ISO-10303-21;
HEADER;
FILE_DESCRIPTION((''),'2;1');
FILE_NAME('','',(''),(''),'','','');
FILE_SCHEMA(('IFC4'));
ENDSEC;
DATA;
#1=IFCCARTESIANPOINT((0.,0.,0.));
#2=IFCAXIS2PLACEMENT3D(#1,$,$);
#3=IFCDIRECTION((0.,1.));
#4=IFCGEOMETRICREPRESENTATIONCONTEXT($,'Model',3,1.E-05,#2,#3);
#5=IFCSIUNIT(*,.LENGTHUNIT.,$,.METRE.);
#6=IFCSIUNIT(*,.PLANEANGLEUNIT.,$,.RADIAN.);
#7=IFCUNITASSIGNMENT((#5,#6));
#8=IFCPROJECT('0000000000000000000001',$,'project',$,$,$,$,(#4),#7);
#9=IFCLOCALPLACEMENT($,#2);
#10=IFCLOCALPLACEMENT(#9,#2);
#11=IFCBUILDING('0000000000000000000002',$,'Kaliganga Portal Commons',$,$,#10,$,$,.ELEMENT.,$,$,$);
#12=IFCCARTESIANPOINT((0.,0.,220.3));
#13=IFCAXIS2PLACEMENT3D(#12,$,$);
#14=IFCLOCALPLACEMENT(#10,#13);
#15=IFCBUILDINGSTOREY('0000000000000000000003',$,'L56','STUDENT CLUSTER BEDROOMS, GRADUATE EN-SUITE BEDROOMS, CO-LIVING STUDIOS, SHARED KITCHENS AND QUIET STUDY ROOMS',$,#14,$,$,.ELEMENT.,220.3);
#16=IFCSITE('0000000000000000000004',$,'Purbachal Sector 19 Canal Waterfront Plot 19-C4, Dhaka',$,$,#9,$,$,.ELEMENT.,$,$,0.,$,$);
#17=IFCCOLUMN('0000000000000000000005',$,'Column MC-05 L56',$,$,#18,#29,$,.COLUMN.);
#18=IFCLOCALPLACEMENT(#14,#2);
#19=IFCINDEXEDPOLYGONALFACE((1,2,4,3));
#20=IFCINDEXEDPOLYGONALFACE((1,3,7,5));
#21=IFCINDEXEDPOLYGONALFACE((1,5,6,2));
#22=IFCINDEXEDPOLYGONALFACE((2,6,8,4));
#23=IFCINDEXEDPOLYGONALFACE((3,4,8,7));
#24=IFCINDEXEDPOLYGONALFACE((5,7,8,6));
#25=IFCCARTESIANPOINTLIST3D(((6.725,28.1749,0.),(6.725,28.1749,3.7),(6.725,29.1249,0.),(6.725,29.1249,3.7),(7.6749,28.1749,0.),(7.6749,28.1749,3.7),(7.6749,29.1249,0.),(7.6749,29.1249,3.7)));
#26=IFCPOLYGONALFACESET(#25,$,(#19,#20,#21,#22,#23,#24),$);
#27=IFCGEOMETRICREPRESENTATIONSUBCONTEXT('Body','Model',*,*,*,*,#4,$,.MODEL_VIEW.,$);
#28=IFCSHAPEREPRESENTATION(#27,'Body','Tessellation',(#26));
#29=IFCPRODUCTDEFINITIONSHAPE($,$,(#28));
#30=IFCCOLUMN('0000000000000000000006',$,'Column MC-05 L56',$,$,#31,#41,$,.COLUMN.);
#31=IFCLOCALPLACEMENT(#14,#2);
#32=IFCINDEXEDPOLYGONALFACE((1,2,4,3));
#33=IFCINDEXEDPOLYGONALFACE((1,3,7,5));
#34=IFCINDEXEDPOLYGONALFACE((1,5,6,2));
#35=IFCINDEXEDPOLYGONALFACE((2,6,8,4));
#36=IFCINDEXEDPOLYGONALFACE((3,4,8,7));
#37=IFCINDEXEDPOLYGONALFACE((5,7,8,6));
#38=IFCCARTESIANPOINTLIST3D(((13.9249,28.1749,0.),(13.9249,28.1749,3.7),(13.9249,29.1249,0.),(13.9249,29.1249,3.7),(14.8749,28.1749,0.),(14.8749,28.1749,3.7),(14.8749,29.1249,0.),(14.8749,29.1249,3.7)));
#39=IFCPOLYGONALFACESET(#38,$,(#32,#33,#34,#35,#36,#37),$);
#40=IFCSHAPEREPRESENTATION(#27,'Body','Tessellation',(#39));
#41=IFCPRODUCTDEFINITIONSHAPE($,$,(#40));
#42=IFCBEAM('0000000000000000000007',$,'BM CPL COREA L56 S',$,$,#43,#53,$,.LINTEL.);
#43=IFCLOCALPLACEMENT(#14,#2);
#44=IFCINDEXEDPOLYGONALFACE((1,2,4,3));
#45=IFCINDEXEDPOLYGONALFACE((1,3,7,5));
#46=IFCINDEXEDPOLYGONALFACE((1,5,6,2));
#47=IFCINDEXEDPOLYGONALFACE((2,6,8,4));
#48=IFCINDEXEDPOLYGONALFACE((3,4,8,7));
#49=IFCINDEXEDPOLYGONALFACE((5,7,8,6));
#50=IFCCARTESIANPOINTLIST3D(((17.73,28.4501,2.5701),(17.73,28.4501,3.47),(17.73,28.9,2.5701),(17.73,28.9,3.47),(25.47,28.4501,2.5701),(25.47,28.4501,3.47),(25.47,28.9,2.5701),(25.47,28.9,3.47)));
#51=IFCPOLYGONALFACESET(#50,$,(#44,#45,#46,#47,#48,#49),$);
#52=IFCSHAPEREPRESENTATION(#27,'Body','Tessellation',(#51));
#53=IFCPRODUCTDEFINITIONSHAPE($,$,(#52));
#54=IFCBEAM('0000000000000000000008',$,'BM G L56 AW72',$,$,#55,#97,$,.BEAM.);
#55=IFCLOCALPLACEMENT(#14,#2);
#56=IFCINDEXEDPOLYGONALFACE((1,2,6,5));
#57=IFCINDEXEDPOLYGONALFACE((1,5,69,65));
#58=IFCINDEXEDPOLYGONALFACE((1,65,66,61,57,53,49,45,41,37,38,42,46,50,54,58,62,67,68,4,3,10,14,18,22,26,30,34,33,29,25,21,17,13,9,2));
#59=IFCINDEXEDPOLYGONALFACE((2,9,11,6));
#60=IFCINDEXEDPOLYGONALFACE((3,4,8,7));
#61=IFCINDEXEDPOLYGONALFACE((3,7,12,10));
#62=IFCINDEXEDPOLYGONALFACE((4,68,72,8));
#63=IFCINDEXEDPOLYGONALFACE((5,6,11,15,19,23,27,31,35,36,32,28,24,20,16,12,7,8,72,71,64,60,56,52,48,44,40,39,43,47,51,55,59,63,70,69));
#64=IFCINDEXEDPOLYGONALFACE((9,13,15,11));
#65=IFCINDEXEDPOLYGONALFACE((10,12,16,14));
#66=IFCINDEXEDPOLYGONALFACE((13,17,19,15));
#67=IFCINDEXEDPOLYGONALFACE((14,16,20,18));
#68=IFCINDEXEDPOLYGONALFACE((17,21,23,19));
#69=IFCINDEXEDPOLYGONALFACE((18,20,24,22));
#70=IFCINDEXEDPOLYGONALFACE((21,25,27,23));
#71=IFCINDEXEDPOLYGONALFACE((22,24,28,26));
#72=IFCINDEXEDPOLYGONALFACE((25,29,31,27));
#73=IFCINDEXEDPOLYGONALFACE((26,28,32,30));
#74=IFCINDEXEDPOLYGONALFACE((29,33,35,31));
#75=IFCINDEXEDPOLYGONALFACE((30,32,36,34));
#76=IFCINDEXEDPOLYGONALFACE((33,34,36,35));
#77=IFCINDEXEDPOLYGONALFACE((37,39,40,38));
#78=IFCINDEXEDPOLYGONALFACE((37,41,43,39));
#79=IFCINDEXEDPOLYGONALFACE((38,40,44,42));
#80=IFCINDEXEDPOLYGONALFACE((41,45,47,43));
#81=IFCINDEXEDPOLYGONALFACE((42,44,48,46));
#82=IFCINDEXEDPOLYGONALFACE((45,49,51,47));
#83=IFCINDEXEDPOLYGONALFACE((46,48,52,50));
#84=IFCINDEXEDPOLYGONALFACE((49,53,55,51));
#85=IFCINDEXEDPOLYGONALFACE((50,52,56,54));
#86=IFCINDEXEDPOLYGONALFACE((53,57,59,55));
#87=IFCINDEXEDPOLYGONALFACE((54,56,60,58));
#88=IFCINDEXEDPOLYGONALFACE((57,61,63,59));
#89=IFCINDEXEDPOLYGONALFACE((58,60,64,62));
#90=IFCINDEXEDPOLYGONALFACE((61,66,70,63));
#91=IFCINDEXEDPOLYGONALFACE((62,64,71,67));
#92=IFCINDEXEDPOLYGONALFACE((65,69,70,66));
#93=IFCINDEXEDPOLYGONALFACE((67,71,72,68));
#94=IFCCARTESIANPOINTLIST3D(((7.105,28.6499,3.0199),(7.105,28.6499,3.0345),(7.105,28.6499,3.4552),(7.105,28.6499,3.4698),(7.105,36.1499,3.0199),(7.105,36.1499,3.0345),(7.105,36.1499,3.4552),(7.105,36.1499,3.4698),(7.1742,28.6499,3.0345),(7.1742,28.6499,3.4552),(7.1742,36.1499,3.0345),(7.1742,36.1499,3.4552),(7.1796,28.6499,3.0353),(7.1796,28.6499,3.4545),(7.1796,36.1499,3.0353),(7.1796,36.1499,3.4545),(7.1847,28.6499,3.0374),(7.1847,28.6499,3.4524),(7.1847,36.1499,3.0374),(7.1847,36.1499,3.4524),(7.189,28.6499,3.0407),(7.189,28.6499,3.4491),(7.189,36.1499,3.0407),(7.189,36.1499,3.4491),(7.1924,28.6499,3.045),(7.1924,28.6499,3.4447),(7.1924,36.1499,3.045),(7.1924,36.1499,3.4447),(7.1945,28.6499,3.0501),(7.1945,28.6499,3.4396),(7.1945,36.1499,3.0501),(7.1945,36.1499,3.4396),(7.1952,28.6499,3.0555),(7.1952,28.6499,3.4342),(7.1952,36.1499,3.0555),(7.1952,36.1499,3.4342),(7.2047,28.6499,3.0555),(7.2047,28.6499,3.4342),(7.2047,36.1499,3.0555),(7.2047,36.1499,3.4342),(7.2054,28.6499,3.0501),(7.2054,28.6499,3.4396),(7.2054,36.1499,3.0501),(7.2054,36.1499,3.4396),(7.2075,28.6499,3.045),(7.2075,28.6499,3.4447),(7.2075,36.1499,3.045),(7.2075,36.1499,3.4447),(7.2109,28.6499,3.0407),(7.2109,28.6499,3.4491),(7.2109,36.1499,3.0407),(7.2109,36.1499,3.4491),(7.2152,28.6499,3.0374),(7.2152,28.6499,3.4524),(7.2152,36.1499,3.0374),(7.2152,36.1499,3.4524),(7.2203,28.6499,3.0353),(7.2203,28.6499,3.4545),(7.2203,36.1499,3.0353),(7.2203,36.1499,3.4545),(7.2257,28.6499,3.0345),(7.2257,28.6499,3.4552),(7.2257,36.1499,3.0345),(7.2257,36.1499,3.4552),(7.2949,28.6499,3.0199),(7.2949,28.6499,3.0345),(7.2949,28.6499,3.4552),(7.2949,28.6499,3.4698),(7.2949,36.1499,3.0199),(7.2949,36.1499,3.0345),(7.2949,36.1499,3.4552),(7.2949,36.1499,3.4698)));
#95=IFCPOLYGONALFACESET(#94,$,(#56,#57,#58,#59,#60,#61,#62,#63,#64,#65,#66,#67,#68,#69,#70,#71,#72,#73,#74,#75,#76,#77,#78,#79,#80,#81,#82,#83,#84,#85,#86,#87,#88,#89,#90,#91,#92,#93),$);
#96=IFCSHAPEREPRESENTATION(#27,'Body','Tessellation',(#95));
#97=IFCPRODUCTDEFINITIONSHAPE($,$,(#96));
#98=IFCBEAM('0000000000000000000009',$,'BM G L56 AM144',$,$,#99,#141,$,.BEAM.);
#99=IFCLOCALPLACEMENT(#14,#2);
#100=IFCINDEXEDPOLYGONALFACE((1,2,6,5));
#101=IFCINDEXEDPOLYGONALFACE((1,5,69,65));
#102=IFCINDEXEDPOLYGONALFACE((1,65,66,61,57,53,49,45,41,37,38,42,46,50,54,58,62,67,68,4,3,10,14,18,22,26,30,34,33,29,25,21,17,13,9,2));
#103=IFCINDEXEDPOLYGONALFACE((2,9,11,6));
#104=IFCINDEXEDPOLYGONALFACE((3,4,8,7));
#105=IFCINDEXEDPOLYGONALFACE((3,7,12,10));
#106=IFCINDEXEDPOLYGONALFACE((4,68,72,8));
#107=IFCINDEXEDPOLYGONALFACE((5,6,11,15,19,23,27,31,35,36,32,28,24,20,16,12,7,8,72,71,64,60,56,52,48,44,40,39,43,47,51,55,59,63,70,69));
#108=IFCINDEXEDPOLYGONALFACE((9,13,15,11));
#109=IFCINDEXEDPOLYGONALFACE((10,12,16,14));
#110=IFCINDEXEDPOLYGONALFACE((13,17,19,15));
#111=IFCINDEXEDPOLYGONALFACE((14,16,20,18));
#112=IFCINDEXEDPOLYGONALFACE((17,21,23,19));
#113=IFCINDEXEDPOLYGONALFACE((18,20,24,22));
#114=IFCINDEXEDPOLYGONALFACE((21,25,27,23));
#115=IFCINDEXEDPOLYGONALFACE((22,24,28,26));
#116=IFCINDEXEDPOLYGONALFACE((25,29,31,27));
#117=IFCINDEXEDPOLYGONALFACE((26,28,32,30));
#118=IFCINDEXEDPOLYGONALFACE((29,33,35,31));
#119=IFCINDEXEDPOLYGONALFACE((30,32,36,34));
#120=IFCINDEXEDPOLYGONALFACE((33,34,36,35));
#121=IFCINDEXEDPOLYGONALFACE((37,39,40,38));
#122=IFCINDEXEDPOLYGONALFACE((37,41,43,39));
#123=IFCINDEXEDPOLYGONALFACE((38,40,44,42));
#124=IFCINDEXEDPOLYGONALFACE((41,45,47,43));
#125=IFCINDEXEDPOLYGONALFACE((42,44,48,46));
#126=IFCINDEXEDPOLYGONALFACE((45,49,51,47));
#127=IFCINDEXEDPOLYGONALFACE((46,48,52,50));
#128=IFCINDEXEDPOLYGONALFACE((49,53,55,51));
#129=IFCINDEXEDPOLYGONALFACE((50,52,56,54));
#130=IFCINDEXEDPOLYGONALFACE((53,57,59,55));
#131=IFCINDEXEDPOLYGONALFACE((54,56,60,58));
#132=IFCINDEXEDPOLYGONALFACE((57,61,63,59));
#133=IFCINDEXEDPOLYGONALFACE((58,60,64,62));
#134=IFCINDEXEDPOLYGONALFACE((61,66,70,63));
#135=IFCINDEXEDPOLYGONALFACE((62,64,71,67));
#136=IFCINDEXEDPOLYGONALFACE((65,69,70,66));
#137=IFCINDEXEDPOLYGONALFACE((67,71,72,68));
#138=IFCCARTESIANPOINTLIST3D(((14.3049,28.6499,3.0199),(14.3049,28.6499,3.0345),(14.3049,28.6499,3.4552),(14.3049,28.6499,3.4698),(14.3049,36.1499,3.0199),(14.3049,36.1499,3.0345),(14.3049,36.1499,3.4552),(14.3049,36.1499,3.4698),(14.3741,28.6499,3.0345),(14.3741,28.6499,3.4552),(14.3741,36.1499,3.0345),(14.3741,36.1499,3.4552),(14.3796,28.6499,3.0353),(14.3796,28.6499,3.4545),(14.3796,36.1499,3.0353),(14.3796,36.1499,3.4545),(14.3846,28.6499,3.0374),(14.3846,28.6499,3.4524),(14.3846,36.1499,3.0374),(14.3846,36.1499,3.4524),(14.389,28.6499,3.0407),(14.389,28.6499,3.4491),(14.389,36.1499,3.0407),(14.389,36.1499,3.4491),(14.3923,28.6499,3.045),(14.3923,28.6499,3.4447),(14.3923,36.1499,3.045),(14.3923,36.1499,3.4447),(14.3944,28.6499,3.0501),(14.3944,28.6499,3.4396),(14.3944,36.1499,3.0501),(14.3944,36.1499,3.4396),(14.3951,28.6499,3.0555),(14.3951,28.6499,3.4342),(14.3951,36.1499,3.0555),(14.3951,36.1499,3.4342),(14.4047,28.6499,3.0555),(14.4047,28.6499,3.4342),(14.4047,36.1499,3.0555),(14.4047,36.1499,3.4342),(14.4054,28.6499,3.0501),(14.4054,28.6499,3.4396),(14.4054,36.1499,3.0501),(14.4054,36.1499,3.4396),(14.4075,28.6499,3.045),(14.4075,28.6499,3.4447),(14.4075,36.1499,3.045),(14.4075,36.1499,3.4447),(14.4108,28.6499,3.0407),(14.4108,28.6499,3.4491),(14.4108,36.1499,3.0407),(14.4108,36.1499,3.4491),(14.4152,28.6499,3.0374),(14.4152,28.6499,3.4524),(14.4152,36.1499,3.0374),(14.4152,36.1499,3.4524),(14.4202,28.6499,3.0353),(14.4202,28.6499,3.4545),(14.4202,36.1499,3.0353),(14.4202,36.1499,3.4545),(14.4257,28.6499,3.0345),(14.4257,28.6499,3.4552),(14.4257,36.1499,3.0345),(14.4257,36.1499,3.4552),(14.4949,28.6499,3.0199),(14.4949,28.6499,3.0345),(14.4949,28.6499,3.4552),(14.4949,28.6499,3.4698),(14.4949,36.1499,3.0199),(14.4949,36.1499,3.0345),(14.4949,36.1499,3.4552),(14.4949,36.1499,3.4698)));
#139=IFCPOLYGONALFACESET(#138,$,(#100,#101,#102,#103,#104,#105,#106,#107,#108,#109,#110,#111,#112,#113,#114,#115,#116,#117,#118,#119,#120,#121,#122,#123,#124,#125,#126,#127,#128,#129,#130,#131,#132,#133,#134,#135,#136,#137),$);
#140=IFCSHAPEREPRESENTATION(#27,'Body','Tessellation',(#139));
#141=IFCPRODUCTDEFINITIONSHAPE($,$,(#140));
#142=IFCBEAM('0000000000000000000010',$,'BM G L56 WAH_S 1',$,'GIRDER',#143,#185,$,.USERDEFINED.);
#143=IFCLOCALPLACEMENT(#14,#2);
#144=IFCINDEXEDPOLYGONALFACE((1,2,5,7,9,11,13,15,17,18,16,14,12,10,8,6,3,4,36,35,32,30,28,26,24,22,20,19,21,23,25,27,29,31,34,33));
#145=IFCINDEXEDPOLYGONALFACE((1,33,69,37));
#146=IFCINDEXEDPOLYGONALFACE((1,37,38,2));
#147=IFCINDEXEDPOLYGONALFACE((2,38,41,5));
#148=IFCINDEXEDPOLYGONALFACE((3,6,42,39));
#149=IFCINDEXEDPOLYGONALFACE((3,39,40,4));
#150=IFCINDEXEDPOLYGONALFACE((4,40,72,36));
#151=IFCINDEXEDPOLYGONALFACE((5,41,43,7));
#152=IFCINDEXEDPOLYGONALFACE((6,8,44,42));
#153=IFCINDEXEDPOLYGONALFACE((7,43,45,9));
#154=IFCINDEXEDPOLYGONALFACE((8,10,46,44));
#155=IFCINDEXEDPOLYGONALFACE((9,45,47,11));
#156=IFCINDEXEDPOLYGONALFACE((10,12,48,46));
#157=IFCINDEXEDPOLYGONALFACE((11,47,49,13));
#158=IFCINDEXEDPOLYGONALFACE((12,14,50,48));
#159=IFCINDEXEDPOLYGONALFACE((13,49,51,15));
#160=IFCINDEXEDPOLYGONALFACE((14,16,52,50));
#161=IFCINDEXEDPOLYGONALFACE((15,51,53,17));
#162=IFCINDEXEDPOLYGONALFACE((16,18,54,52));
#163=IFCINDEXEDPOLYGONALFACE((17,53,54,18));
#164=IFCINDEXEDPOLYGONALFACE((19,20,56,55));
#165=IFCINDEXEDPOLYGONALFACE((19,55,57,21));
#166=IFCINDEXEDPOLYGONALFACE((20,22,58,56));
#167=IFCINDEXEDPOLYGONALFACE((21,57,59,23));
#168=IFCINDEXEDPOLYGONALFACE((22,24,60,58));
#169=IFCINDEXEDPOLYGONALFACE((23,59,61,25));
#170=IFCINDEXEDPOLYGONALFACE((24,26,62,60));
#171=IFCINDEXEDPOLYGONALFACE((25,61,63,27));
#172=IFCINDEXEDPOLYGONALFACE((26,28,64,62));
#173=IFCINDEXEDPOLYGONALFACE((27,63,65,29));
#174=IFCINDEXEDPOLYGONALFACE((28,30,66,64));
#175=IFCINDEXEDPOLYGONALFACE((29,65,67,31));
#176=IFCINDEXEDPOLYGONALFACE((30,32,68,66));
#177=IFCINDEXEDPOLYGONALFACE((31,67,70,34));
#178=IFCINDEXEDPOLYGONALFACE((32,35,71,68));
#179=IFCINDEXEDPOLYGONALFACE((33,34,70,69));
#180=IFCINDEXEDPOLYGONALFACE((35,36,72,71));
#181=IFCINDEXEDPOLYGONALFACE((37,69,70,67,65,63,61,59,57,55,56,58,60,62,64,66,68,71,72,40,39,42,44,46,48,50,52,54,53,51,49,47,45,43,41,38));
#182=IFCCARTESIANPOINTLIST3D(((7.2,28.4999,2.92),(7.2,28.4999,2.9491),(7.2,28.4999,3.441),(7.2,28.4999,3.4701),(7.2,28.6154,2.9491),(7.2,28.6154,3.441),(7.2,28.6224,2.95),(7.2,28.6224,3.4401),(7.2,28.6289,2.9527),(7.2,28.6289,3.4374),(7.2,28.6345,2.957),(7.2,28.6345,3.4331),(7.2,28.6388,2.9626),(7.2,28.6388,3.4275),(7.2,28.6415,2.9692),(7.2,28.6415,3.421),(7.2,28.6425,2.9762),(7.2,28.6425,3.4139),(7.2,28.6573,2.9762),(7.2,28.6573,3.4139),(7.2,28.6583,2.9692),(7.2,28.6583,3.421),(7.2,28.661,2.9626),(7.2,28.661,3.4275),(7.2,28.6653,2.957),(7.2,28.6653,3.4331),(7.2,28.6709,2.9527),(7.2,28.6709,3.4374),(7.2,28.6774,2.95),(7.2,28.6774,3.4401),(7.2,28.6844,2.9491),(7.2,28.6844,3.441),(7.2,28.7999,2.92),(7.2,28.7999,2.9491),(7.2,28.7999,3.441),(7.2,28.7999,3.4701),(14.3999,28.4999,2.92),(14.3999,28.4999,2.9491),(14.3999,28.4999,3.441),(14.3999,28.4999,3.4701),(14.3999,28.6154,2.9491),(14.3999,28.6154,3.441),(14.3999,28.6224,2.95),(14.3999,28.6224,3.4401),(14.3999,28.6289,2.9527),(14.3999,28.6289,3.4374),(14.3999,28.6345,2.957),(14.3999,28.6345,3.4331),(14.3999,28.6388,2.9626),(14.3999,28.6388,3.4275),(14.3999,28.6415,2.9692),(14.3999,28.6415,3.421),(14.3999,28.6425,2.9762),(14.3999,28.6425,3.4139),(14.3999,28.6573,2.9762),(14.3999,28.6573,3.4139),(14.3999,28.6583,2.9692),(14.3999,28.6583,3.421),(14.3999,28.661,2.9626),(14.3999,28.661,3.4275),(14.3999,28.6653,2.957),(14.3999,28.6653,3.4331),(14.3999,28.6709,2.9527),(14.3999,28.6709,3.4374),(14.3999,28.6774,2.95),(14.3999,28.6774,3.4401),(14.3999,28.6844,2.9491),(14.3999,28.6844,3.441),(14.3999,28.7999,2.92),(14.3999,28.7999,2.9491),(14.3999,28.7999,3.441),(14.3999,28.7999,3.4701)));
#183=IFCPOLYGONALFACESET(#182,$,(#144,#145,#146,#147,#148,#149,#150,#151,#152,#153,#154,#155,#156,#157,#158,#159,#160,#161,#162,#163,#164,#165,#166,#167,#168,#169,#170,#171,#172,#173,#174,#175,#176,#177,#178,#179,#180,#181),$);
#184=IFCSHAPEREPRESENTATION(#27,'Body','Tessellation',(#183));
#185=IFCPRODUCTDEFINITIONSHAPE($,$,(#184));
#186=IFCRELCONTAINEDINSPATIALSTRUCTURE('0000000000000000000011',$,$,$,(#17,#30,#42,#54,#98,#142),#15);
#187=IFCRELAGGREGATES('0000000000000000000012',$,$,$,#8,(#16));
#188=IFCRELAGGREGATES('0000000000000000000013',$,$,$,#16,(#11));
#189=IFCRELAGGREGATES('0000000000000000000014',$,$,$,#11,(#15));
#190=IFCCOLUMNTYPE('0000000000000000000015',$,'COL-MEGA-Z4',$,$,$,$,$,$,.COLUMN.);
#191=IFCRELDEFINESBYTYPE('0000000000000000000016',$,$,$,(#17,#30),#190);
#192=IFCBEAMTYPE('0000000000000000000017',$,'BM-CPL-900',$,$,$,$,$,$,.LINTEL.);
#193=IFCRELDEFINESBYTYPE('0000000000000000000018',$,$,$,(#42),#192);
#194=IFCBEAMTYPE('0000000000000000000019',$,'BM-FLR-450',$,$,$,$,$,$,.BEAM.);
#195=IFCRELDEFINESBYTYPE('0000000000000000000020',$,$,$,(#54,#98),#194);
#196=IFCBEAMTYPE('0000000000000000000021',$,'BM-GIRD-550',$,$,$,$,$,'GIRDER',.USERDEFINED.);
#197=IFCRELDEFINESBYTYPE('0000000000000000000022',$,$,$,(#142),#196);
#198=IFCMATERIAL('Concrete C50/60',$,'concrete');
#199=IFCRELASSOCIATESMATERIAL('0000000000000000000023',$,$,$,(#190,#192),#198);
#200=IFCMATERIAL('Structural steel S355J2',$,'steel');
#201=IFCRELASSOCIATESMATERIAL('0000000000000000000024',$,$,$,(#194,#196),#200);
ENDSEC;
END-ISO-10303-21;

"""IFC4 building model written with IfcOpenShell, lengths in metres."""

from ifc_helpers import new_model, si_unit, direction, frame, origin, origin_2d, place, context, subcontext, project, spatial, rectangle, i_section, extrude, source, transform, mapped, material, material_profile, profile_set, type_object, element, save


model = new_model("IFC4")

# Units and contexts
model_context = context("Model", 3, precision=1e-05, world=origin(), true_north=direction((0.0, 1.0)))
body_context = subcontext(model_context, "Body", "Model", "MODEL_VIEW")
ifc_project = project(units=[si_unit("LENGTHUNIT", "METRE"), si_unit("PLANEANGLEUNIT", "RADIAN")], contexts=[model_context])

# Site, building, storey
site_placement = place(None, origin())
site = spatial("IfcSite", under=ifc_project, at=site_placement, Name="Purbachal Sector 19 Canal Waterfront Plot 19-C4, Dhaka", CompositionType="ELEMENT", RefElevation=0.0)
building_placement = place(site_placement, origin())
building = spatial("IfcBuilding", under=site, at=building_placement, Name="Kaliganga Portal Commons", CompositionType="ELEMENT")
storey_placement = place(building_placement, frame((0.0, 0.0, 220.3)))
storey = spatial("IfcBuildingStorey", under=building, at=storey_placement, Name="L56", Description="STUDENT CLUSTER BEDROOMS, GRADUATE EN-SUITE BEDROOMS, CO-LIVING STUDIOS, SHARED KITCHENS AND QUIET STUDY ROOMS", CompositionType="ELEMENT", Elevation=220.3)

# Columns
ifc_material_1 = material(Name="Concrete C50/60", Category="concrete")
ifc_material_profile_1 = material_profile(ifc_material_1, rectangle(XDim=0.95, YDim=0.95, at=origin_2d()), Name="RC 950x950")
ifc_profile_set_1 = profile_set([ifc_material_profile_1], Name="Concrete C50/60")
column_type = type_object("IfcColumnType", Name="COL-MEGA-Z4", PredefinedType="COLUMN", material=ifc_profile_set_1)
shared_shape_1 = source(origin(), body_context, "Body", "SweptSolid", [
    extrude(rectangle(XDim=0.95, YDim=0.95, at=origin_2d()), origin(), (0.0, 0.0, 1.0), 3.7),
])
for number, where, z_axis, x_axis, name in (
    (1, (7.2, 28.6499, 0.0), (0.0, 0.0, 1.0), (1.0, 0.0, 0.0), "Column MC-05 L56"),
    (2, (14.3999, 28.6499, 0.0), (0.0, 0.0, 1.0), (1.0, 0.0, 0.0), "Column MC-05 L56"),
):
    element("IfcColumn", number, at=place(storey_placement, frame(where, z_axis=z_axis, x_axis=x_axis)), inside=storey, type_object=column_type, Name=name, PredefinedType="COLUMN", context=body_context, shape_type="MappedRepresentation", body=[
        mapped(shared_shape_1, transform((0.0, 0.0, 0.0), x_axis=(1.0, 0.0, 0.0), y_axis=(0.0, 1.0, 0.0), z_axis=(0.0, 0.0, 1.0), scale=1.0)),
    ])

# Beams
ifc_material_profile_2 = material_profile(ifc_material_1, rectangle(XDim=0.45, YDim=0.8999, at=origin_2d()), Name="RC 450x900")
ifc_profile_set_2 = profile_set([ifc_material_profile_2], Name="Concrete C50/60")
beam_type_1 = type_object("IfcBeamType", Name="BM-CPL-900", PredefinedType="LINTEL", material=ifc_profile_set_2)
shared_shape_2 = source(origin(), body_context, "Body", "SweptSolid", [
    extrude(rectangle(XDim=0.45, YDim=0.8999, at=origin_2d()), origin(), (0.0, 0.0, 1.0), 7.74),
])
beam_1_placement = place(storey_placement, frame((17.73, 28.675, 3.02), z_axis=(1.0, 0.0, 0.0), x_axis=(0.0, 1.0, 0.0)))
element("IfcBeam", 3, at=beam_1_placement, inside=storey, type_object=beam_type_1, Name="BM CPL COREA L56 S", PredefinedType="LINTEL", context=body_context, shape_type="MappedRepresentation", body=[
    mapped(shared_shape_2, transform((0.0, 0.0, 0.0), x_axis=(1.0, 0.0, 0.0), y_axis=(0.0, 1.0, 0.0), z_axis=(0.0, 0.0, 1.0), scale=1.0)),
])
ifc_material_2 = material(Name="Structural steel S355J2", Category="steel")
ifc_material_profile_3 = material_profile(ifc_material_2, i_section(OverallWidth=0.1899, OverallDepth=0.45, WebThickness=0.0095, FlangeThickness=0.0146, FilletRadius=0.021, at=origin_2d()), Name="IPE 450")
ifc_profile_set_3 = profile_set([ifc_material_profile_3], Name="Structural steel S355J2 wide-flange")
beam_type_2 = type_object("IfcBeamType", Name="BM-FLR-450", PredefinedType="BEAM", material=ifc_profile_set_3)
shared_shape_3 = source(origin(), body_context, "Body", "SweptSolid", [
    extrude(i_section(OverallWidth=0.1899, OverallDepth=0.45, WebThickness=0.0095, FlangeThickness=0.0146, FilletRadius=0.021, at=origin_2d()), origin(), (0.0, 0.0, 1.0), 7.5),
])
for number, where, z_axis, x_axis, name in (
    (4, (7.2, 28.6499, 3.2449), (0.0, 1.0, 0.0), (-1.0, 0.0, 0.0), "BM G L56 AW72"),
    (5, (14.3999, 28.6499, 3.2449), (0.0, 1.0, 0.0), (-1.0, 0.0, 0.0), "BM G L56 AM144"),
):
    element("IfcBeam", number, at=place(storey_placement, frame(where, z_axis=z_axis, x_axis=x_axis)), inside=storey, type_object=beam_type_2, Name=name, PredefinedType="BEAM", context=body_context, shape_type="MappedRepresentation", body=[
        mapped(shared_shape_3, transform((0.0, 0.0, 0.0), x_axis=(1.0, 0.0, 0.0), y_axis=(0.0, 1.0, 0.0), z_axis=(0.0, 0.0, 1.0), scale=1.0)),
    ])
ifc_material_profile_4 = material_profile(ifc_material_2, i_section(OverallWidth=0.3, OverallDepth=0.55, WebThickness=0.0149, FlangeThickness=0.0291, FilletRadius=0.0271, at=origin_2d()), Name="HE 550 B")
ifc_profile_set_4 = profile_set([ifc_material_profile_4], Name="Structural steel S355J2 wide-flange")
beam_type_3 = type_object("IfcBeamType", Name="BM-GIRD-550", ElementType="GIRDER", PredefinedType="USERDEFINED", material=ifc_profile_set_4)
shared_shape_4 = source(origin(), body_context, "Body", "SweptSolid", [
    extrude(i_section(OverallWidth=0.3, OverallDepth=0.55, WebThickness=0.0149, FlangeThickness=0.0291, FilletRadius=0.0271, at=origin_2d()), origin(), (0.0, 0.0, 1.0), 7.2),
])
beam_2_placement = place(storey_placement, frame((7.2, 28.6499, 3.1951), z_axis=(1.0, 0.0, 0.0), x_axis=(0.0, 1.0, 0.0)))
element("IfcBeam", 6, at=beam_2_placement, inside=storey, type_object=beam_type_3, Name="BM G L56 WAH_S 1", ObjectType="GIRDER", PredefinedType="USERDEFINED", context=body_context, shape_type="MappedRepresentation", body=[
    mapped(shared_shape_4, transform((0.0, 0.0, 0.0), x_axis=(1.0, 0.0, 0.0), y_axis=(0.0, 1.0, 0.0), z_axis=(0.0, 0.0, 1.0), scale=1.0)),
])

save(model, "model.ifc")
